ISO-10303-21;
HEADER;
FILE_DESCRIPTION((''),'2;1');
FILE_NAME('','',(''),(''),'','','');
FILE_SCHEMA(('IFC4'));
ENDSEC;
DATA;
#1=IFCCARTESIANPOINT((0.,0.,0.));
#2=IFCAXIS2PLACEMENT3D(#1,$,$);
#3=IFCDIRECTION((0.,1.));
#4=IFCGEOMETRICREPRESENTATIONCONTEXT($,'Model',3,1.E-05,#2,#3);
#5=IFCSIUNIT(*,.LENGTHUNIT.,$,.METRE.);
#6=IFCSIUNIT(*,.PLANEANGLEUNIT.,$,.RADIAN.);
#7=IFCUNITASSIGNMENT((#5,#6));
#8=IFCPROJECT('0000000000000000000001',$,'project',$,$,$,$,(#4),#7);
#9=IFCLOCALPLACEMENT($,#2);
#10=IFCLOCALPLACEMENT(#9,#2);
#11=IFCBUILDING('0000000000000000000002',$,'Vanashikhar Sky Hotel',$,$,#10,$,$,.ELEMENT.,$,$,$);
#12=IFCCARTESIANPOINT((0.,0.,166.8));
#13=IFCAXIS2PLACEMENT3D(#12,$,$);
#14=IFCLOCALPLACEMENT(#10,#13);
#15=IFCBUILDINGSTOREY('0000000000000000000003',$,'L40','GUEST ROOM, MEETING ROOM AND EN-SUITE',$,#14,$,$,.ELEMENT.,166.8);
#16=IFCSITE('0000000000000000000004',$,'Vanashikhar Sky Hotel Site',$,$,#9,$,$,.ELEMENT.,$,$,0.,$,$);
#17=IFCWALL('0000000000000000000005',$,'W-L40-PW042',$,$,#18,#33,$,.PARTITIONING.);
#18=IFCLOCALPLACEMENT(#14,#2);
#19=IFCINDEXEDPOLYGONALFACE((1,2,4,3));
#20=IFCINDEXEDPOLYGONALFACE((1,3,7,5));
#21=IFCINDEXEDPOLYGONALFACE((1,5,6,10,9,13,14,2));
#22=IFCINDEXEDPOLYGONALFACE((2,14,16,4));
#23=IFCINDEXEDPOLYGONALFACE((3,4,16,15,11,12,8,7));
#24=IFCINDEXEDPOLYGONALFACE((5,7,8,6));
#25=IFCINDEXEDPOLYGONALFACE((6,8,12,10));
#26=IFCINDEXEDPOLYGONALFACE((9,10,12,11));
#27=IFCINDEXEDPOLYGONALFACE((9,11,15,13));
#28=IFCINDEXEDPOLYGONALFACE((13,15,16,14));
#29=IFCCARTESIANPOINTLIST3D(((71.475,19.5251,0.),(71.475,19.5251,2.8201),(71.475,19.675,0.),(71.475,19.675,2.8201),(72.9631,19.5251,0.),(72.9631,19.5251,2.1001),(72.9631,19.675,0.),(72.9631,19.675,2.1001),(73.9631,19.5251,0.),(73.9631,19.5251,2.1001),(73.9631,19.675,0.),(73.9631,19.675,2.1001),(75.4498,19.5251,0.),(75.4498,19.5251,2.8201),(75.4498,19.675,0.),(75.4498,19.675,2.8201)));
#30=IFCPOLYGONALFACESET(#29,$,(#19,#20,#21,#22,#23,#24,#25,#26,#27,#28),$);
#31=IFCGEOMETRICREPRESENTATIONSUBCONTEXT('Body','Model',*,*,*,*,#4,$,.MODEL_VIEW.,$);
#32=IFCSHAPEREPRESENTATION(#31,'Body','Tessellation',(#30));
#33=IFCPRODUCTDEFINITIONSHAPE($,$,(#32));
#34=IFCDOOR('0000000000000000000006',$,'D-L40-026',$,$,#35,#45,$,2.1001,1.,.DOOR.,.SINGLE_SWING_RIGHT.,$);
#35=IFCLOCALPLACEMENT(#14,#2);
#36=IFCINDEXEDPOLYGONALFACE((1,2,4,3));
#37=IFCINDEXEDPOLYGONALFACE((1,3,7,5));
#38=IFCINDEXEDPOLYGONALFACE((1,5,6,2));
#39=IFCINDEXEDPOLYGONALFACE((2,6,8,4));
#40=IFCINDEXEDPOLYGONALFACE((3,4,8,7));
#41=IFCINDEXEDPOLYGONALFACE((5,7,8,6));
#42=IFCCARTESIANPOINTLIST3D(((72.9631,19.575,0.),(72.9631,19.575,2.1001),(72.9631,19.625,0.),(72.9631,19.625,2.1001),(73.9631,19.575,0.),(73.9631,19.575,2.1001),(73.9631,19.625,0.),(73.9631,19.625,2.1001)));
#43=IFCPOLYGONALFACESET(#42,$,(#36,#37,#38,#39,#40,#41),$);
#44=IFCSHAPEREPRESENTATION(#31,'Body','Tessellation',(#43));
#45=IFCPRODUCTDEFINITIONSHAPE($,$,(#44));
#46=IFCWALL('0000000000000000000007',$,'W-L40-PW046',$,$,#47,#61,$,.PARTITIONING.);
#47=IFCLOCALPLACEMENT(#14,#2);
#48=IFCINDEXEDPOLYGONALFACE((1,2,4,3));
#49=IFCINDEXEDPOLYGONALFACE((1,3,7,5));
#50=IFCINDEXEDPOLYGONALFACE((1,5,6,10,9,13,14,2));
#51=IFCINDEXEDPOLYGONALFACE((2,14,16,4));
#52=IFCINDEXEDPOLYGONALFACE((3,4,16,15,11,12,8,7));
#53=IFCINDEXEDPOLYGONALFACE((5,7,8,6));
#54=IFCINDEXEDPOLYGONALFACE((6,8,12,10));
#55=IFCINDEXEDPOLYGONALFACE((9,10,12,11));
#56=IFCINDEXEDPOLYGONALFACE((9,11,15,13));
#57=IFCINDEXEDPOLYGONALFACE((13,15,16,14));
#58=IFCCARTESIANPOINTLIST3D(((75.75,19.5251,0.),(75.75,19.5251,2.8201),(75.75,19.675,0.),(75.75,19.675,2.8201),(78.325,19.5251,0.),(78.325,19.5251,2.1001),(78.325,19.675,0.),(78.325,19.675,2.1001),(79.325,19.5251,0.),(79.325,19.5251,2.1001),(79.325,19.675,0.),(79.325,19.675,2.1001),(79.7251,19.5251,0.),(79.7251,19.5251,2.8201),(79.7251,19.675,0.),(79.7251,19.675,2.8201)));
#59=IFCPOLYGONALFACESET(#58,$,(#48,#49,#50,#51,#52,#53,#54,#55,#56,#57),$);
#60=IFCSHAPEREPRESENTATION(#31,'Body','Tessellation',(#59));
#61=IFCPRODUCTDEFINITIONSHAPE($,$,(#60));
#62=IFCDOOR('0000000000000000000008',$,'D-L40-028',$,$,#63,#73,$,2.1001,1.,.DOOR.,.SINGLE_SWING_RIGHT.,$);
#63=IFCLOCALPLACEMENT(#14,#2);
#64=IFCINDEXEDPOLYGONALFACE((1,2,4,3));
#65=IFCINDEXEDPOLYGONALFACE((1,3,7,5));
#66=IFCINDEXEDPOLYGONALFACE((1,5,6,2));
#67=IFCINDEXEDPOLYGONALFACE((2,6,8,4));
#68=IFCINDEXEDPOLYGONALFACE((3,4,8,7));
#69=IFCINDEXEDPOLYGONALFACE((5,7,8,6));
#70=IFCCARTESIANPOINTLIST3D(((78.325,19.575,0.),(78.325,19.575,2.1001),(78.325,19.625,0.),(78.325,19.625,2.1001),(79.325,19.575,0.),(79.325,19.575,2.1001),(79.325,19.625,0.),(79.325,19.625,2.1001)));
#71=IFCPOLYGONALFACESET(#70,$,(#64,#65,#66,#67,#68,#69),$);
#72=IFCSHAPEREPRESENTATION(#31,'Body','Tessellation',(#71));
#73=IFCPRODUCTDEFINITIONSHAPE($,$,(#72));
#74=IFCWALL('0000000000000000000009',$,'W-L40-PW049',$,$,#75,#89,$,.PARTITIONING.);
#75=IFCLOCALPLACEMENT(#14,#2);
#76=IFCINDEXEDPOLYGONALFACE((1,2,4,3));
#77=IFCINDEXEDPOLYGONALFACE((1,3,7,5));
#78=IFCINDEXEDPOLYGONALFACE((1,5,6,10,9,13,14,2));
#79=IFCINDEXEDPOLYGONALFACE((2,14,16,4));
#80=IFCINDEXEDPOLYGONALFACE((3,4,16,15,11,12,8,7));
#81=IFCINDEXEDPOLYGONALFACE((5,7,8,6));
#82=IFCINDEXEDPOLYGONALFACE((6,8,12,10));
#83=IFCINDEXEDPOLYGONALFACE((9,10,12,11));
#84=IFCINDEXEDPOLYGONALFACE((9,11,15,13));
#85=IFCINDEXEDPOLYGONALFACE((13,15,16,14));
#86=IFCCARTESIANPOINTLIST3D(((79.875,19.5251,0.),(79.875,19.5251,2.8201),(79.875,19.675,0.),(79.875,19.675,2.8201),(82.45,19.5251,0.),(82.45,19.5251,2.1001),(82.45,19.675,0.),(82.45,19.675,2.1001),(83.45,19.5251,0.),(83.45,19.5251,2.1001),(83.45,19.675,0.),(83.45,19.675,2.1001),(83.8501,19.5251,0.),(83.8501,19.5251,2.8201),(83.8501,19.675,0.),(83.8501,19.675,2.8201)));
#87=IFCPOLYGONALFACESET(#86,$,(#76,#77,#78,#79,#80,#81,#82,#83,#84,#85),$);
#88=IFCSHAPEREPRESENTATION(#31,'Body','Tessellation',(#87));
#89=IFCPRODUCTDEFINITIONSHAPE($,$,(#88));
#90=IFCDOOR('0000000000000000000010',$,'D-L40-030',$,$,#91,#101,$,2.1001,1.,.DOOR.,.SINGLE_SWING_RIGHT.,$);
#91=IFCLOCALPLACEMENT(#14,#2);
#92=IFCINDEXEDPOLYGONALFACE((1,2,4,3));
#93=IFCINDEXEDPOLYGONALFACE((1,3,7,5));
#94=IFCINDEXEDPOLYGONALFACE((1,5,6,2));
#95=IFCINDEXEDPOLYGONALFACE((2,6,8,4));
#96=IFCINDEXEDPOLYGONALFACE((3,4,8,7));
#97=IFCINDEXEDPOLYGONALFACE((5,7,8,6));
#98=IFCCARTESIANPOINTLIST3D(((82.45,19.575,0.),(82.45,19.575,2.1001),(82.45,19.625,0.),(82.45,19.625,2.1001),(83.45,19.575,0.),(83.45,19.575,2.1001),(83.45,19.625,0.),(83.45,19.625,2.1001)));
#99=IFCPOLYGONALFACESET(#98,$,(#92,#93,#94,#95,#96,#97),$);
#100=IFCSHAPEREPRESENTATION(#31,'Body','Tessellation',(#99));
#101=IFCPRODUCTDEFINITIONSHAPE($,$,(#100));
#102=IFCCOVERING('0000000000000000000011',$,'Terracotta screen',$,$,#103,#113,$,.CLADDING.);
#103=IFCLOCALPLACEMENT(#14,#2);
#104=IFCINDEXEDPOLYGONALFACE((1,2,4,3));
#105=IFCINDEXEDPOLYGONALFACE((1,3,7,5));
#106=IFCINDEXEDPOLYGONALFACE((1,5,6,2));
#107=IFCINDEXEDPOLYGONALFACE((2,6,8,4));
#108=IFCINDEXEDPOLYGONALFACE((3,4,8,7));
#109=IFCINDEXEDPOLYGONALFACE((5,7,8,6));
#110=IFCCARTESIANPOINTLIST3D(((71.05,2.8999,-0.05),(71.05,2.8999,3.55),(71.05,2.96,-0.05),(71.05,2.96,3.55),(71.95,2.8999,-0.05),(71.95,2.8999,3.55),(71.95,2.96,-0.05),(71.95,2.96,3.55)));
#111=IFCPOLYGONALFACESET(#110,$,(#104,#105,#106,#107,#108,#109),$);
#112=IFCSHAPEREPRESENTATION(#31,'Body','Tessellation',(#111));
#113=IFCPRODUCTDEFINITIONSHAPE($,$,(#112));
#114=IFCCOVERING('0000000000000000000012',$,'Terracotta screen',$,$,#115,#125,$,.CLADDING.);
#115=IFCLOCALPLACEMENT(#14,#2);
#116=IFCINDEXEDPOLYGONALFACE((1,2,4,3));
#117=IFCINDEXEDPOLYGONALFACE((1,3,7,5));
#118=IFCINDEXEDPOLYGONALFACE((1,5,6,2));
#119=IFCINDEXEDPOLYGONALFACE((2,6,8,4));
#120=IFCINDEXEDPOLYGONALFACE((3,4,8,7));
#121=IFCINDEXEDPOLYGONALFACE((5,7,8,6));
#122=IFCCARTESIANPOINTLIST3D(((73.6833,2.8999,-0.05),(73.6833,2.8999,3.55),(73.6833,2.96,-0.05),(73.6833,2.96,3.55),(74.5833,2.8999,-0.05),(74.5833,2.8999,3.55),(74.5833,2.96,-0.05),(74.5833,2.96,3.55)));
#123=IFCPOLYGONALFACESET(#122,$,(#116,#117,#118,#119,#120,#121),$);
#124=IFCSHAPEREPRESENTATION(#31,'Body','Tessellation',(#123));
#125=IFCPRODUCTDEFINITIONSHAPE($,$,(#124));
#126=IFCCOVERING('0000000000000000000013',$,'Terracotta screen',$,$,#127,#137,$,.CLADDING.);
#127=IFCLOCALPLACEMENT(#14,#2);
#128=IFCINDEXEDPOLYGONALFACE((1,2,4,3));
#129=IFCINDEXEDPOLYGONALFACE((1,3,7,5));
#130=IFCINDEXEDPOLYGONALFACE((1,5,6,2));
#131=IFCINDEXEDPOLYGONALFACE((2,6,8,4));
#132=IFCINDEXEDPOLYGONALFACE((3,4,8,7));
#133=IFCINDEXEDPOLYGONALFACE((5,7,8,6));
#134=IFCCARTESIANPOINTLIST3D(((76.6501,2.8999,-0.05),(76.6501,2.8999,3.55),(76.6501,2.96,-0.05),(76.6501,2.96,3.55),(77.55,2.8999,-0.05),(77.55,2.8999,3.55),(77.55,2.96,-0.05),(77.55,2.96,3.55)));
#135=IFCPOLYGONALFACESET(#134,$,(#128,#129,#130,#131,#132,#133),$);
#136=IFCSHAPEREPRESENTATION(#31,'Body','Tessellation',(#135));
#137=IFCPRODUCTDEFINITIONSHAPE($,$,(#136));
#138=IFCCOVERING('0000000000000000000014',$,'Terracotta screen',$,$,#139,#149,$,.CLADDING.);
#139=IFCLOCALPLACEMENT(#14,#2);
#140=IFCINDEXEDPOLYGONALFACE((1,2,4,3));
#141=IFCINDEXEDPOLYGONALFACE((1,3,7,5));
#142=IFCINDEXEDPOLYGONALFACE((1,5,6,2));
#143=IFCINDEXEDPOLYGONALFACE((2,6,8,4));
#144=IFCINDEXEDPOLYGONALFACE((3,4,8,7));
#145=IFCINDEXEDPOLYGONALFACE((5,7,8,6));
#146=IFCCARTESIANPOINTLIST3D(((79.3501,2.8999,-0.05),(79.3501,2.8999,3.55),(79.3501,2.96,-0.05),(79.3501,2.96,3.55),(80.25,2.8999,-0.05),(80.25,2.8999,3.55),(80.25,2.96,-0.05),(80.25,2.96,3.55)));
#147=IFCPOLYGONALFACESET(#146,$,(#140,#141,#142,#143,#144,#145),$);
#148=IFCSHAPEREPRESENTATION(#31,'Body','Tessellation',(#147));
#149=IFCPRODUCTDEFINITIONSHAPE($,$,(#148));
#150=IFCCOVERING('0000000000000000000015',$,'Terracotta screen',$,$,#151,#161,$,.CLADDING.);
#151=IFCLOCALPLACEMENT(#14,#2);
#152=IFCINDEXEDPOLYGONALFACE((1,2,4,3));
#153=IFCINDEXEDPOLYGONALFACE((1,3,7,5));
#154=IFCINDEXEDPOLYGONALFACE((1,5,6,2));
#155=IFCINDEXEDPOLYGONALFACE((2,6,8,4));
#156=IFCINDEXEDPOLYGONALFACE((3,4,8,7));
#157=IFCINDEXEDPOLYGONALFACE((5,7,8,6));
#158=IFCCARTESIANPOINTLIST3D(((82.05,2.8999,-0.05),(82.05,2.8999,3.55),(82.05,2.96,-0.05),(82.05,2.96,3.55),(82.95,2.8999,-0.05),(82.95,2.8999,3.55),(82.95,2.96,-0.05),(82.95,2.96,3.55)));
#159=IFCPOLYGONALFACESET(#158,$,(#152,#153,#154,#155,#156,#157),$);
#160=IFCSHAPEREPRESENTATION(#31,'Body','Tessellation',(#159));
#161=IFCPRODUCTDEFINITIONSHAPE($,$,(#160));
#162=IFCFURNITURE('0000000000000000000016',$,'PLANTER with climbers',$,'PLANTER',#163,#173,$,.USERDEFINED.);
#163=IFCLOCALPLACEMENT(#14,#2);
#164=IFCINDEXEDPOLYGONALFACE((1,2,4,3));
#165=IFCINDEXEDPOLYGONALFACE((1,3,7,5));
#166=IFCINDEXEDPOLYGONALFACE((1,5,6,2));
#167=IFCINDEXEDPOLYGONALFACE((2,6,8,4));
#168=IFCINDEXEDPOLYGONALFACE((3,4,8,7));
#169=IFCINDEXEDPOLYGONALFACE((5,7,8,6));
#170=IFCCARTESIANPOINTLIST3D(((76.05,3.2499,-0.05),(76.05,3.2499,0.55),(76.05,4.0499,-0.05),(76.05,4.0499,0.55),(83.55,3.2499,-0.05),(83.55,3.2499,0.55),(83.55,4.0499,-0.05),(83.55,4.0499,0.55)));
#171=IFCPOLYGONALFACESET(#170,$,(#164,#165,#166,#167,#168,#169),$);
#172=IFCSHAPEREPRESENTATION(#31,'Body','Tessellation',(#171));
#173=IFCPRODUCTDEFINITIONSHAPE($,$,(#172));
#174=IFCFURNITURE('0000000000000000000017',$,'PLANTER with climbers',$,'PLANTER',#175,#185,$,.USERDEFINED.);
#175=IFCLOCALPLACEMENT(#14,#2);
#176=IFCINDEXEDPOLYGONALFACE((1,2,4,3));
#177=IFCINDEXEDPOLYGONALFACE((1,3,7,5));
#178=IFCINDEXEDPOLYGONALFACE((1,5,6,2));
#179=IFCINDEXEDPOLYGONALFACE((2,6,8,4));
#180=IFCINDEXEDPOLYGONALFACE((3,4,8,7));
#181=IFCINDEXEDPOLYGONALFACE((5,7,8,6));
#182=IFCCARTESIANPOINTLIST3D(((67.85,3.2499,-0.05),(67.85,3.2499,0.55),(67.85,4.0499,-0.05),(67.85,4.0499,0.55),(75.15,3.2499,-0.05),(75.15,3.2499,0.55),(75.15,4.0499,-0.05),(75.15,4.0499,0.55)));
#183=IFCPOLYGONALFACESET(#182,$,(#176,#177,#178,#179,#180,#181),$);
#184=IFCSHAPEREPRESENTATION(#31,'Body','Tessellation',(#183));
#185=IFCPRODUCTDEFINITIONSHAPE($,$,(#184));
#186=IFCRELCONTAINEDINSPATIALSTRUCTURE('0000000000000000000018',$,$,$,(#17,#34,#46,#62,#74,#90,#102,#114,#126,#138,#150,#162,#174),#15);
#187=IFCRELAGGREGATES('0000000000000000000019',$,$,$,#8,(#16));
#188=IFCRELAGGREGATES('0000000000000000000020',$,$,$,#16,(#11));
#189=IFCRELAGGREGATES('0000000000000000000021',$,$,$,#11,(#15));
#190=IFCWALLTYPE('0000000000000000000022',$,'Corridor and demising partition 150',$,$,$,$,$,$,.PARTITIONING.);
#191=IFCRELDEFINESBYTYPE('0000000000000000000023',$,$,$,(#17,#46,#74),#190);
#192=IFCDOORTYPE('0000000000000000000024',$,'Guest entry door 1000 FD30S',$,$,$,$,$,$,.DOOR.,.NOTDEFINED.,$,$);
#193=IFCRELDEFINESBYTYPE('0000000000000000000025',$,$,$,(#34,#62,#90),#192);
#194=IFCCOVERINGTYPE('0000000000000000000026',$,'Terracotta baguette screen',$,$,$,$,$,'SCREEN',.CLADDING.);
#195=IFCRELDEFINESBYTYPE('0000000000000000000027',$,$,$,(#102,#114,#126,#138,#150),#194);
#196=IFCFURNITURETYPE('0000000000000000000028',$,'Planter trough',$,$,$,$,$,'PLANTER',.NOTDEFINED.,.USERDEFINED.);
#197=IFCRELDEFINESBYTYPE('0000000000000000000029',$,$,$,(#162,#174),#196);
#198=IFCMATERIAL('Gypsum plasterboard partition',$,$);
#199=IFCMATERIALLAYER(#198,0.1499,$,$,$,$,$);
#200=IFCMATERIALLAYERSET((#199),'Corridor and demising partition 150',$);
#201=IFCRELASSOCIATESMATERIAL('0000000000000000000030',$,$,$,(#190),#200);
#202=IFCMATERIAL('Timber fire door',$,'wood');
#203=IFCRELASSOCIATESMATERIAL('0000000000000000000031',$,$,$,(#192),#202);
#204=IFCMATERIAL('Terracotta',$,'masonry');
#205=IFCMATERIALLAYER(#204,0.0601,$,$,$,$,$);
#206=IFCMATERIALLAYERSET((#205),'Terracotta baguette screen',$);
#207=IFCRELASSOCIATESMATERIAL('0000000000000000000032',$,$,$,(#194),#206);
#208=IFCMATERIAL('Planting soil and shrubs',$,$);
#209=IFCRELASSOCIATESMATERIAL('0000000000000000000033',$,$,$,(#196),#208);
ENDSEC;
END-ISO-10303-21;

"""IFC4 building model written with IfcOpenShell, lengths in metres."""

from ifc_helpers import new_model, si_unit, direction, frame, frame_2d, origin, origin_2d, place, context, subcontext, project, spatial, rectangle, extrude, source, transform, mapped, material, layer, layer_set, type_object, element, fill, save


model = new_model("IFC4")

# Units and contexts
model_context = context("Model", 3, precision=1e-05, world=origin(), true_north=direction((0.0, 1.0)))
body_context = subcontext(model_context, "Body", "Model", "MODEL_VIEW")
ifc_project = project(units=[si_unit("LENGTHUNIT", "METRE"), si_unit("PLANEANGLEUNIT", "RADIAN")], contexts=[model_context])

# Site, building, storey
site_placement = place(None, origin())
site = spatial("IfcSite", under=ifc_project, at=site_placement, Name="Vanashikhar Sky Hotel Site", CompositionType="ELEMENT", RefElevation=0.0)
building_placement = place(site_placement, origin())
building = spatial("IfcBuilding", under=site, at=building_placement, Name="Vanashikhar Sky Hotel", CompositionType="ELEMENT")
storey_placement = place(building_placement, frame((0.0, 0.0, 166.8)))
storey = spatial("IfcBuildingStorey", under=building, at=storey_placement, Name="L40", Description="GUEST ROOM, MEETING ROOM AND EN-SUITE", CompositionType="ELEMENT", Elevation=166.8)

# Shared definitions
ifc_material_1 = material(Name="Gypsum plasterboard partition")
ifc_layer_1 = layer(ifc_material_1, 0.1499)
ifc_layer_set_1 = layer_set([ifc_layer_1], Name="Corridor and demising partition 150")
wall_type_1 = type_object("IfcWallType", Name="Corridor and demising partition 150", PredefinedType="PARTITIONING", material=ifc_layer_set_1)

# Walls, openings, doors
shared_shape_1 = source(origin(), body_context, "Body", "SweptSolid", [
    extrude(rectangle(XDim=3.9749, YDim=0.1499, at=frame_2d((1.9873, 0.0))), origin(), (0.0, 0.0, 1.0), 2.8201),
])
wall_1_placement = place(storey_placement, frame((71.4751, 19.6001, 0.0), z_axis=(0.0, 0.0, 1.0), x_axis=(1.0, 0.0, 0.0)))
wall_1 = element("IfcWall", 1, at=wall_1_placement, inside=storey, type_object=wall_type_1, Name="W-L40-PW042", PredefinedType="PARTITIONING", context=body_context, shape_type="MappedRepresentation", body=[
    mapped(shared_shape_1, transform((0.0, 0.0, 0.0), scale=1.0)),
])
shared_shape_2 = source(origin(), body_context, "Body", "SweptSolid", [
    extrude(rectangle(XDim=1.0, YDim=2.1001, at=frame_2d((0.5, 1.05))), frame((0.0, 0.085, 0.0), z_axis=(0.0, -1.0, 0.0), x_axis=(1.0, 0.0, 0.0)), (0.0, 0.0, 1.0), 0.1699),
])
opening_1_placement = place(wall_1_placement, frame((1.488, 0.0, 0.0)))
opening_1 = element("IfcOpeningElement", 2, at=opening_1_placement, cuts=wall_1, PredefinedType="OPENING", context=body_context, shape_type="MappedRepresentation", body=[
    mapped(shared_shape_2, transform((0.0, 0.0, 0.0), scale=1.0)),
])
ifc_material_2 = material(Name="Timber fire door", Category="wood")
door_type_1 = type_object("IfcDoorType", Name="Guest entry door 1000 FD30S", OperationType="NOTDEFINED", PredefinedType="DOOR", material=ifc_material_2)
shared_shape_3 = source(origin(), body_context, "Body", "SweptSolid", [
    extrude(rectangle(XDim=1.0, YDim=2.1001, at=frame_2d((0.5, 1.05))), frame((0.0, 0.0249, 0.0), z_axis=(0.0, -1.0, 0.0), x_axis=(1.0, 0.0, 0.0)), (0.0, 0.0, 1.0), 0.05),
])
door_1_placement = place(opening_1_placement, origin())
door_1 = element("IfcDoor", 3, at=door_1_placement, inside=storey, type_object=door_type_1, Name="D-L40-026", OperationType="SINGLE_SWING_RIGHT", OverallHeight=2.1001, OverallWidth=1.0, PredefinedType="DOOR", context=body_context, shape_type="MappedRepresentation", body=[
    mapped(shared_shape_3, transform((0.0, 0.0, 0.0), scale=1.0)),
])
fill(opening_1, door_1)
shared_shape_4 = source(origin(), body_context, "Body", "SweptSolid", [
    extrude(rectangle(XDim=3.9751, YDim=0.1499, at=frame_2d((1.9875, 0.0))), origin(), (0.0, 0.0, 1.0), 2.8201),
])
wall_2_placement = place(storey_placement, frame((75.75, 19.6001, 0.0), z_axis=(0.0, 0.0, 1.0), x_axis=(1.0, 0.0, 0.0)))
wall_2 = element("IfcWall", 4, at=wall_2_placement, inside=storey, type_object=wall_type_1, Name="W-L40-PW046", PredefinedType="PARTITIONING", context=body_context, shape_type="MappedRepresentation", body=[
    mapped(shared_shape_4, transform((0.0, 0.0, 0.0), scale=1.0)),
])
opening_2_placement = place(wall_2_placement, frame((2.575, 0.0, 0.0)))
opening_2 = element("IfcOpeningElement", 5, at=opening_2_placement, cuts=wall_2, PredefinedType="OPENING", context=body_context, shape_type="MappedRepresentation", body=[
    mapped(shared_shape_2, transform((0.0, 0.0, 0.0), scale=1.0)),
])
door_2_placement = place(opening_2_placement, origin())
door_2 = element("IfcDoor", 6, at=door_2_placement, inside=storey, type_object=door_type_1, Name="D-L40-028", OperationType="SINGLE_SWING_RIGHT", OverallHeight=2.1001, OverallWidth=1.0, PredefinedType="DOOR", context=body_context, shape_type="MappedRepresentation", body=[
    mapped(shared_shape_3, transform((0.0, 0.0, 0.0), scale=1.0)),
])
fill(opening_2, door_2)
wall_3_placement = place(storey_placement, frame((79.875, 19.6001, 0.0), z_axis=(0.0, 0.0, 1.0), x_axis=(1.0, 0.0, 0.0)))
wall_3 = element("IfcWall", 7, at=wall_3_placement, inside=storey, type_object=wall_type_1, Name="W-L40-PW049", PredefinedType="PARTITIONING", context=body_context, shape_type="MappedRepresentation", body=[
    mapped(shared_shape_4, transform((0.0, 0.0, 0.0), scale=1.0)),
])
opening_3_placement = place(wall_3_placement, frame((2.575, 0.0, 0.0)))
opening_3 = element("IfcOpeningElement", 8, at=opening_3_placement, cuts=wall_3, PredefinedType="OPENING", context=body_context, shape_type="MappedRepresentation", body=[
    mapped(shared_shape_2, transform((0.0, 0.0, 0.0), scale=1.0)),
])
door_3_placement = place(opening_3_placement, origin())
door_3 = element("IfcDoor", 9, at=door_3_placement, inside=storey, type_object=door_type_1, Name="D-L40-030", OperationType="SINGLE_SWING_RIGHT", OverallHeight=2.1001, OverallWidth=1.0, PredefinedType="DOOR", context=body_context, shape_type="MappedRepresentation", body=[
    mapped(shared_shape_3, transform((0.0, 0.0, 0.0), scale=1.0)),
])
fill(opening_3, door_3)

# Coverings
ifc_material_3 = material(Name="Terracotta", Category="masonry")
ifc_layer_2 = layer(ifc_material_3, 0.0601)
ifc_layer_set_2 = layer_set([ifc_layer_2], Name="Terracotta baguette screen")
covering_type = type_object("IfcCoveringType", Name="Terracotta baguette screen", ElementType="SCREEN", PredefinedType="CLADDING", material=ifc_layer_set_2)
shared_shape_5 = source(origin(), body_context, "Body", "SweptSolid", [
    extrude(rectangle(XDim=0.8999, YDim=0.0601, at=origin_2d()), origin(), (0.0, 0.0, 1.0), 3.6001),
])
for number, where, z_axis, x_axis, name in (
    (10, (71.5, 2.9299, -0.05), (0.0, 0.0, 1.0), (1.0, 0.0, 0.0), "Terracotta screen"),
    (11, (74.1333, 2.9299, -0.05), (0.0, 0.0, 1.0), (1.0, 0.0, 0.0), "Terracotta screen"),
    (12, (77.1001, 2.9299, -0.05), (0.0, 0.0, 1.0), (1.0, 0.0, 0.0), "Terracotta screen"),
    (13, (79.8, 2.9299, -0.05), (0.0, 0.0, 1.0), (1.0, 0.0, 0.0), "Terracotta screen"),
    (14, (82.5, 2.9299, -0.05), (0.0, 0.0, 1.0), (1.0, 0.0, 0.0), "Terracotta screen"),
):
    element("IfcCovering", number, at=place(storey_placement, frame(where, z_axis=z_axis, x_axis=x_axis)), inside=storey, type_object=covering_type, Name=name, PredefinedType="CLADDING", context=body_context, shape_type="MappedRepresentation", body=[
        mapped(shared_shape_5, transform((0.0, 0.0, 0.0), scale=1.0)),
    ])

# Furniture
ifc_material_4 = material(Name="Planting soil and shrubs")
furniture_type = type_object("IfcFurnitureType", Name="Planter trough", ElementType="PLANTER", AssemblyPlace="NOTDEFINED", PredefinedType="USERDEFINED", material=ifc_material_4)
shared_shape_6 = source(origin(), body_context, "Body", "SweptSolid", [
    extrude(rectangle(XDim=7.5, YDim=0.8, at=origin_2d()), origin(), (0.0, 0.0, 1.0), 0.6001),
])
furniture_1_placement = place(storey_placement, frame((79.8, 3.6499, -0.05), z_axis=(0.0, 0.0, 1.0), x_axis=(1.0, 0.0, 0.0)))
element("IfcFurniture", 15, at=furniture_1_placement, inside=storey, type_object=furniture_type, Name="PLANTER with climbers", ObjectType="PLANTER", PredefinedType="USERDEFINED", context=body_context, shape_type="MappedRepresentation", body=[
    mapped(shared_shape_6, transform((0.0, 0.0, 0.0), scale=1.0)),
])
shared_shape_7 = source(origin(), body_context, "Body", "SweptSolid", [
    extrude(rectangle(XDim=7.3, YDim=0.8, at=origin_2d()), origin(), (0.0, 0.0, 1.0), 0.6001),
])
furniture_2_placement = place(storey_placement, frame((71.5, 3.6499, -0.05), z_axis=(0.0, 0.0, 1.0), x_axis=(1.0, 0.0, 0.0)))
element("IfcFurniture", 16, at=furniture_2_placement, inside=storey, type_object=furniture_type, Name="PLANTER with climbers", ObjectType="PLANTER", PredefinedType="USERDEFINED", context=body_context, shape_type="MappedRepresentation", body=[
    mapped(shared_shape_7, transform((0.0, 0.0, 0.0), scale=1.0)),
])

save(model, "model.ifc")
